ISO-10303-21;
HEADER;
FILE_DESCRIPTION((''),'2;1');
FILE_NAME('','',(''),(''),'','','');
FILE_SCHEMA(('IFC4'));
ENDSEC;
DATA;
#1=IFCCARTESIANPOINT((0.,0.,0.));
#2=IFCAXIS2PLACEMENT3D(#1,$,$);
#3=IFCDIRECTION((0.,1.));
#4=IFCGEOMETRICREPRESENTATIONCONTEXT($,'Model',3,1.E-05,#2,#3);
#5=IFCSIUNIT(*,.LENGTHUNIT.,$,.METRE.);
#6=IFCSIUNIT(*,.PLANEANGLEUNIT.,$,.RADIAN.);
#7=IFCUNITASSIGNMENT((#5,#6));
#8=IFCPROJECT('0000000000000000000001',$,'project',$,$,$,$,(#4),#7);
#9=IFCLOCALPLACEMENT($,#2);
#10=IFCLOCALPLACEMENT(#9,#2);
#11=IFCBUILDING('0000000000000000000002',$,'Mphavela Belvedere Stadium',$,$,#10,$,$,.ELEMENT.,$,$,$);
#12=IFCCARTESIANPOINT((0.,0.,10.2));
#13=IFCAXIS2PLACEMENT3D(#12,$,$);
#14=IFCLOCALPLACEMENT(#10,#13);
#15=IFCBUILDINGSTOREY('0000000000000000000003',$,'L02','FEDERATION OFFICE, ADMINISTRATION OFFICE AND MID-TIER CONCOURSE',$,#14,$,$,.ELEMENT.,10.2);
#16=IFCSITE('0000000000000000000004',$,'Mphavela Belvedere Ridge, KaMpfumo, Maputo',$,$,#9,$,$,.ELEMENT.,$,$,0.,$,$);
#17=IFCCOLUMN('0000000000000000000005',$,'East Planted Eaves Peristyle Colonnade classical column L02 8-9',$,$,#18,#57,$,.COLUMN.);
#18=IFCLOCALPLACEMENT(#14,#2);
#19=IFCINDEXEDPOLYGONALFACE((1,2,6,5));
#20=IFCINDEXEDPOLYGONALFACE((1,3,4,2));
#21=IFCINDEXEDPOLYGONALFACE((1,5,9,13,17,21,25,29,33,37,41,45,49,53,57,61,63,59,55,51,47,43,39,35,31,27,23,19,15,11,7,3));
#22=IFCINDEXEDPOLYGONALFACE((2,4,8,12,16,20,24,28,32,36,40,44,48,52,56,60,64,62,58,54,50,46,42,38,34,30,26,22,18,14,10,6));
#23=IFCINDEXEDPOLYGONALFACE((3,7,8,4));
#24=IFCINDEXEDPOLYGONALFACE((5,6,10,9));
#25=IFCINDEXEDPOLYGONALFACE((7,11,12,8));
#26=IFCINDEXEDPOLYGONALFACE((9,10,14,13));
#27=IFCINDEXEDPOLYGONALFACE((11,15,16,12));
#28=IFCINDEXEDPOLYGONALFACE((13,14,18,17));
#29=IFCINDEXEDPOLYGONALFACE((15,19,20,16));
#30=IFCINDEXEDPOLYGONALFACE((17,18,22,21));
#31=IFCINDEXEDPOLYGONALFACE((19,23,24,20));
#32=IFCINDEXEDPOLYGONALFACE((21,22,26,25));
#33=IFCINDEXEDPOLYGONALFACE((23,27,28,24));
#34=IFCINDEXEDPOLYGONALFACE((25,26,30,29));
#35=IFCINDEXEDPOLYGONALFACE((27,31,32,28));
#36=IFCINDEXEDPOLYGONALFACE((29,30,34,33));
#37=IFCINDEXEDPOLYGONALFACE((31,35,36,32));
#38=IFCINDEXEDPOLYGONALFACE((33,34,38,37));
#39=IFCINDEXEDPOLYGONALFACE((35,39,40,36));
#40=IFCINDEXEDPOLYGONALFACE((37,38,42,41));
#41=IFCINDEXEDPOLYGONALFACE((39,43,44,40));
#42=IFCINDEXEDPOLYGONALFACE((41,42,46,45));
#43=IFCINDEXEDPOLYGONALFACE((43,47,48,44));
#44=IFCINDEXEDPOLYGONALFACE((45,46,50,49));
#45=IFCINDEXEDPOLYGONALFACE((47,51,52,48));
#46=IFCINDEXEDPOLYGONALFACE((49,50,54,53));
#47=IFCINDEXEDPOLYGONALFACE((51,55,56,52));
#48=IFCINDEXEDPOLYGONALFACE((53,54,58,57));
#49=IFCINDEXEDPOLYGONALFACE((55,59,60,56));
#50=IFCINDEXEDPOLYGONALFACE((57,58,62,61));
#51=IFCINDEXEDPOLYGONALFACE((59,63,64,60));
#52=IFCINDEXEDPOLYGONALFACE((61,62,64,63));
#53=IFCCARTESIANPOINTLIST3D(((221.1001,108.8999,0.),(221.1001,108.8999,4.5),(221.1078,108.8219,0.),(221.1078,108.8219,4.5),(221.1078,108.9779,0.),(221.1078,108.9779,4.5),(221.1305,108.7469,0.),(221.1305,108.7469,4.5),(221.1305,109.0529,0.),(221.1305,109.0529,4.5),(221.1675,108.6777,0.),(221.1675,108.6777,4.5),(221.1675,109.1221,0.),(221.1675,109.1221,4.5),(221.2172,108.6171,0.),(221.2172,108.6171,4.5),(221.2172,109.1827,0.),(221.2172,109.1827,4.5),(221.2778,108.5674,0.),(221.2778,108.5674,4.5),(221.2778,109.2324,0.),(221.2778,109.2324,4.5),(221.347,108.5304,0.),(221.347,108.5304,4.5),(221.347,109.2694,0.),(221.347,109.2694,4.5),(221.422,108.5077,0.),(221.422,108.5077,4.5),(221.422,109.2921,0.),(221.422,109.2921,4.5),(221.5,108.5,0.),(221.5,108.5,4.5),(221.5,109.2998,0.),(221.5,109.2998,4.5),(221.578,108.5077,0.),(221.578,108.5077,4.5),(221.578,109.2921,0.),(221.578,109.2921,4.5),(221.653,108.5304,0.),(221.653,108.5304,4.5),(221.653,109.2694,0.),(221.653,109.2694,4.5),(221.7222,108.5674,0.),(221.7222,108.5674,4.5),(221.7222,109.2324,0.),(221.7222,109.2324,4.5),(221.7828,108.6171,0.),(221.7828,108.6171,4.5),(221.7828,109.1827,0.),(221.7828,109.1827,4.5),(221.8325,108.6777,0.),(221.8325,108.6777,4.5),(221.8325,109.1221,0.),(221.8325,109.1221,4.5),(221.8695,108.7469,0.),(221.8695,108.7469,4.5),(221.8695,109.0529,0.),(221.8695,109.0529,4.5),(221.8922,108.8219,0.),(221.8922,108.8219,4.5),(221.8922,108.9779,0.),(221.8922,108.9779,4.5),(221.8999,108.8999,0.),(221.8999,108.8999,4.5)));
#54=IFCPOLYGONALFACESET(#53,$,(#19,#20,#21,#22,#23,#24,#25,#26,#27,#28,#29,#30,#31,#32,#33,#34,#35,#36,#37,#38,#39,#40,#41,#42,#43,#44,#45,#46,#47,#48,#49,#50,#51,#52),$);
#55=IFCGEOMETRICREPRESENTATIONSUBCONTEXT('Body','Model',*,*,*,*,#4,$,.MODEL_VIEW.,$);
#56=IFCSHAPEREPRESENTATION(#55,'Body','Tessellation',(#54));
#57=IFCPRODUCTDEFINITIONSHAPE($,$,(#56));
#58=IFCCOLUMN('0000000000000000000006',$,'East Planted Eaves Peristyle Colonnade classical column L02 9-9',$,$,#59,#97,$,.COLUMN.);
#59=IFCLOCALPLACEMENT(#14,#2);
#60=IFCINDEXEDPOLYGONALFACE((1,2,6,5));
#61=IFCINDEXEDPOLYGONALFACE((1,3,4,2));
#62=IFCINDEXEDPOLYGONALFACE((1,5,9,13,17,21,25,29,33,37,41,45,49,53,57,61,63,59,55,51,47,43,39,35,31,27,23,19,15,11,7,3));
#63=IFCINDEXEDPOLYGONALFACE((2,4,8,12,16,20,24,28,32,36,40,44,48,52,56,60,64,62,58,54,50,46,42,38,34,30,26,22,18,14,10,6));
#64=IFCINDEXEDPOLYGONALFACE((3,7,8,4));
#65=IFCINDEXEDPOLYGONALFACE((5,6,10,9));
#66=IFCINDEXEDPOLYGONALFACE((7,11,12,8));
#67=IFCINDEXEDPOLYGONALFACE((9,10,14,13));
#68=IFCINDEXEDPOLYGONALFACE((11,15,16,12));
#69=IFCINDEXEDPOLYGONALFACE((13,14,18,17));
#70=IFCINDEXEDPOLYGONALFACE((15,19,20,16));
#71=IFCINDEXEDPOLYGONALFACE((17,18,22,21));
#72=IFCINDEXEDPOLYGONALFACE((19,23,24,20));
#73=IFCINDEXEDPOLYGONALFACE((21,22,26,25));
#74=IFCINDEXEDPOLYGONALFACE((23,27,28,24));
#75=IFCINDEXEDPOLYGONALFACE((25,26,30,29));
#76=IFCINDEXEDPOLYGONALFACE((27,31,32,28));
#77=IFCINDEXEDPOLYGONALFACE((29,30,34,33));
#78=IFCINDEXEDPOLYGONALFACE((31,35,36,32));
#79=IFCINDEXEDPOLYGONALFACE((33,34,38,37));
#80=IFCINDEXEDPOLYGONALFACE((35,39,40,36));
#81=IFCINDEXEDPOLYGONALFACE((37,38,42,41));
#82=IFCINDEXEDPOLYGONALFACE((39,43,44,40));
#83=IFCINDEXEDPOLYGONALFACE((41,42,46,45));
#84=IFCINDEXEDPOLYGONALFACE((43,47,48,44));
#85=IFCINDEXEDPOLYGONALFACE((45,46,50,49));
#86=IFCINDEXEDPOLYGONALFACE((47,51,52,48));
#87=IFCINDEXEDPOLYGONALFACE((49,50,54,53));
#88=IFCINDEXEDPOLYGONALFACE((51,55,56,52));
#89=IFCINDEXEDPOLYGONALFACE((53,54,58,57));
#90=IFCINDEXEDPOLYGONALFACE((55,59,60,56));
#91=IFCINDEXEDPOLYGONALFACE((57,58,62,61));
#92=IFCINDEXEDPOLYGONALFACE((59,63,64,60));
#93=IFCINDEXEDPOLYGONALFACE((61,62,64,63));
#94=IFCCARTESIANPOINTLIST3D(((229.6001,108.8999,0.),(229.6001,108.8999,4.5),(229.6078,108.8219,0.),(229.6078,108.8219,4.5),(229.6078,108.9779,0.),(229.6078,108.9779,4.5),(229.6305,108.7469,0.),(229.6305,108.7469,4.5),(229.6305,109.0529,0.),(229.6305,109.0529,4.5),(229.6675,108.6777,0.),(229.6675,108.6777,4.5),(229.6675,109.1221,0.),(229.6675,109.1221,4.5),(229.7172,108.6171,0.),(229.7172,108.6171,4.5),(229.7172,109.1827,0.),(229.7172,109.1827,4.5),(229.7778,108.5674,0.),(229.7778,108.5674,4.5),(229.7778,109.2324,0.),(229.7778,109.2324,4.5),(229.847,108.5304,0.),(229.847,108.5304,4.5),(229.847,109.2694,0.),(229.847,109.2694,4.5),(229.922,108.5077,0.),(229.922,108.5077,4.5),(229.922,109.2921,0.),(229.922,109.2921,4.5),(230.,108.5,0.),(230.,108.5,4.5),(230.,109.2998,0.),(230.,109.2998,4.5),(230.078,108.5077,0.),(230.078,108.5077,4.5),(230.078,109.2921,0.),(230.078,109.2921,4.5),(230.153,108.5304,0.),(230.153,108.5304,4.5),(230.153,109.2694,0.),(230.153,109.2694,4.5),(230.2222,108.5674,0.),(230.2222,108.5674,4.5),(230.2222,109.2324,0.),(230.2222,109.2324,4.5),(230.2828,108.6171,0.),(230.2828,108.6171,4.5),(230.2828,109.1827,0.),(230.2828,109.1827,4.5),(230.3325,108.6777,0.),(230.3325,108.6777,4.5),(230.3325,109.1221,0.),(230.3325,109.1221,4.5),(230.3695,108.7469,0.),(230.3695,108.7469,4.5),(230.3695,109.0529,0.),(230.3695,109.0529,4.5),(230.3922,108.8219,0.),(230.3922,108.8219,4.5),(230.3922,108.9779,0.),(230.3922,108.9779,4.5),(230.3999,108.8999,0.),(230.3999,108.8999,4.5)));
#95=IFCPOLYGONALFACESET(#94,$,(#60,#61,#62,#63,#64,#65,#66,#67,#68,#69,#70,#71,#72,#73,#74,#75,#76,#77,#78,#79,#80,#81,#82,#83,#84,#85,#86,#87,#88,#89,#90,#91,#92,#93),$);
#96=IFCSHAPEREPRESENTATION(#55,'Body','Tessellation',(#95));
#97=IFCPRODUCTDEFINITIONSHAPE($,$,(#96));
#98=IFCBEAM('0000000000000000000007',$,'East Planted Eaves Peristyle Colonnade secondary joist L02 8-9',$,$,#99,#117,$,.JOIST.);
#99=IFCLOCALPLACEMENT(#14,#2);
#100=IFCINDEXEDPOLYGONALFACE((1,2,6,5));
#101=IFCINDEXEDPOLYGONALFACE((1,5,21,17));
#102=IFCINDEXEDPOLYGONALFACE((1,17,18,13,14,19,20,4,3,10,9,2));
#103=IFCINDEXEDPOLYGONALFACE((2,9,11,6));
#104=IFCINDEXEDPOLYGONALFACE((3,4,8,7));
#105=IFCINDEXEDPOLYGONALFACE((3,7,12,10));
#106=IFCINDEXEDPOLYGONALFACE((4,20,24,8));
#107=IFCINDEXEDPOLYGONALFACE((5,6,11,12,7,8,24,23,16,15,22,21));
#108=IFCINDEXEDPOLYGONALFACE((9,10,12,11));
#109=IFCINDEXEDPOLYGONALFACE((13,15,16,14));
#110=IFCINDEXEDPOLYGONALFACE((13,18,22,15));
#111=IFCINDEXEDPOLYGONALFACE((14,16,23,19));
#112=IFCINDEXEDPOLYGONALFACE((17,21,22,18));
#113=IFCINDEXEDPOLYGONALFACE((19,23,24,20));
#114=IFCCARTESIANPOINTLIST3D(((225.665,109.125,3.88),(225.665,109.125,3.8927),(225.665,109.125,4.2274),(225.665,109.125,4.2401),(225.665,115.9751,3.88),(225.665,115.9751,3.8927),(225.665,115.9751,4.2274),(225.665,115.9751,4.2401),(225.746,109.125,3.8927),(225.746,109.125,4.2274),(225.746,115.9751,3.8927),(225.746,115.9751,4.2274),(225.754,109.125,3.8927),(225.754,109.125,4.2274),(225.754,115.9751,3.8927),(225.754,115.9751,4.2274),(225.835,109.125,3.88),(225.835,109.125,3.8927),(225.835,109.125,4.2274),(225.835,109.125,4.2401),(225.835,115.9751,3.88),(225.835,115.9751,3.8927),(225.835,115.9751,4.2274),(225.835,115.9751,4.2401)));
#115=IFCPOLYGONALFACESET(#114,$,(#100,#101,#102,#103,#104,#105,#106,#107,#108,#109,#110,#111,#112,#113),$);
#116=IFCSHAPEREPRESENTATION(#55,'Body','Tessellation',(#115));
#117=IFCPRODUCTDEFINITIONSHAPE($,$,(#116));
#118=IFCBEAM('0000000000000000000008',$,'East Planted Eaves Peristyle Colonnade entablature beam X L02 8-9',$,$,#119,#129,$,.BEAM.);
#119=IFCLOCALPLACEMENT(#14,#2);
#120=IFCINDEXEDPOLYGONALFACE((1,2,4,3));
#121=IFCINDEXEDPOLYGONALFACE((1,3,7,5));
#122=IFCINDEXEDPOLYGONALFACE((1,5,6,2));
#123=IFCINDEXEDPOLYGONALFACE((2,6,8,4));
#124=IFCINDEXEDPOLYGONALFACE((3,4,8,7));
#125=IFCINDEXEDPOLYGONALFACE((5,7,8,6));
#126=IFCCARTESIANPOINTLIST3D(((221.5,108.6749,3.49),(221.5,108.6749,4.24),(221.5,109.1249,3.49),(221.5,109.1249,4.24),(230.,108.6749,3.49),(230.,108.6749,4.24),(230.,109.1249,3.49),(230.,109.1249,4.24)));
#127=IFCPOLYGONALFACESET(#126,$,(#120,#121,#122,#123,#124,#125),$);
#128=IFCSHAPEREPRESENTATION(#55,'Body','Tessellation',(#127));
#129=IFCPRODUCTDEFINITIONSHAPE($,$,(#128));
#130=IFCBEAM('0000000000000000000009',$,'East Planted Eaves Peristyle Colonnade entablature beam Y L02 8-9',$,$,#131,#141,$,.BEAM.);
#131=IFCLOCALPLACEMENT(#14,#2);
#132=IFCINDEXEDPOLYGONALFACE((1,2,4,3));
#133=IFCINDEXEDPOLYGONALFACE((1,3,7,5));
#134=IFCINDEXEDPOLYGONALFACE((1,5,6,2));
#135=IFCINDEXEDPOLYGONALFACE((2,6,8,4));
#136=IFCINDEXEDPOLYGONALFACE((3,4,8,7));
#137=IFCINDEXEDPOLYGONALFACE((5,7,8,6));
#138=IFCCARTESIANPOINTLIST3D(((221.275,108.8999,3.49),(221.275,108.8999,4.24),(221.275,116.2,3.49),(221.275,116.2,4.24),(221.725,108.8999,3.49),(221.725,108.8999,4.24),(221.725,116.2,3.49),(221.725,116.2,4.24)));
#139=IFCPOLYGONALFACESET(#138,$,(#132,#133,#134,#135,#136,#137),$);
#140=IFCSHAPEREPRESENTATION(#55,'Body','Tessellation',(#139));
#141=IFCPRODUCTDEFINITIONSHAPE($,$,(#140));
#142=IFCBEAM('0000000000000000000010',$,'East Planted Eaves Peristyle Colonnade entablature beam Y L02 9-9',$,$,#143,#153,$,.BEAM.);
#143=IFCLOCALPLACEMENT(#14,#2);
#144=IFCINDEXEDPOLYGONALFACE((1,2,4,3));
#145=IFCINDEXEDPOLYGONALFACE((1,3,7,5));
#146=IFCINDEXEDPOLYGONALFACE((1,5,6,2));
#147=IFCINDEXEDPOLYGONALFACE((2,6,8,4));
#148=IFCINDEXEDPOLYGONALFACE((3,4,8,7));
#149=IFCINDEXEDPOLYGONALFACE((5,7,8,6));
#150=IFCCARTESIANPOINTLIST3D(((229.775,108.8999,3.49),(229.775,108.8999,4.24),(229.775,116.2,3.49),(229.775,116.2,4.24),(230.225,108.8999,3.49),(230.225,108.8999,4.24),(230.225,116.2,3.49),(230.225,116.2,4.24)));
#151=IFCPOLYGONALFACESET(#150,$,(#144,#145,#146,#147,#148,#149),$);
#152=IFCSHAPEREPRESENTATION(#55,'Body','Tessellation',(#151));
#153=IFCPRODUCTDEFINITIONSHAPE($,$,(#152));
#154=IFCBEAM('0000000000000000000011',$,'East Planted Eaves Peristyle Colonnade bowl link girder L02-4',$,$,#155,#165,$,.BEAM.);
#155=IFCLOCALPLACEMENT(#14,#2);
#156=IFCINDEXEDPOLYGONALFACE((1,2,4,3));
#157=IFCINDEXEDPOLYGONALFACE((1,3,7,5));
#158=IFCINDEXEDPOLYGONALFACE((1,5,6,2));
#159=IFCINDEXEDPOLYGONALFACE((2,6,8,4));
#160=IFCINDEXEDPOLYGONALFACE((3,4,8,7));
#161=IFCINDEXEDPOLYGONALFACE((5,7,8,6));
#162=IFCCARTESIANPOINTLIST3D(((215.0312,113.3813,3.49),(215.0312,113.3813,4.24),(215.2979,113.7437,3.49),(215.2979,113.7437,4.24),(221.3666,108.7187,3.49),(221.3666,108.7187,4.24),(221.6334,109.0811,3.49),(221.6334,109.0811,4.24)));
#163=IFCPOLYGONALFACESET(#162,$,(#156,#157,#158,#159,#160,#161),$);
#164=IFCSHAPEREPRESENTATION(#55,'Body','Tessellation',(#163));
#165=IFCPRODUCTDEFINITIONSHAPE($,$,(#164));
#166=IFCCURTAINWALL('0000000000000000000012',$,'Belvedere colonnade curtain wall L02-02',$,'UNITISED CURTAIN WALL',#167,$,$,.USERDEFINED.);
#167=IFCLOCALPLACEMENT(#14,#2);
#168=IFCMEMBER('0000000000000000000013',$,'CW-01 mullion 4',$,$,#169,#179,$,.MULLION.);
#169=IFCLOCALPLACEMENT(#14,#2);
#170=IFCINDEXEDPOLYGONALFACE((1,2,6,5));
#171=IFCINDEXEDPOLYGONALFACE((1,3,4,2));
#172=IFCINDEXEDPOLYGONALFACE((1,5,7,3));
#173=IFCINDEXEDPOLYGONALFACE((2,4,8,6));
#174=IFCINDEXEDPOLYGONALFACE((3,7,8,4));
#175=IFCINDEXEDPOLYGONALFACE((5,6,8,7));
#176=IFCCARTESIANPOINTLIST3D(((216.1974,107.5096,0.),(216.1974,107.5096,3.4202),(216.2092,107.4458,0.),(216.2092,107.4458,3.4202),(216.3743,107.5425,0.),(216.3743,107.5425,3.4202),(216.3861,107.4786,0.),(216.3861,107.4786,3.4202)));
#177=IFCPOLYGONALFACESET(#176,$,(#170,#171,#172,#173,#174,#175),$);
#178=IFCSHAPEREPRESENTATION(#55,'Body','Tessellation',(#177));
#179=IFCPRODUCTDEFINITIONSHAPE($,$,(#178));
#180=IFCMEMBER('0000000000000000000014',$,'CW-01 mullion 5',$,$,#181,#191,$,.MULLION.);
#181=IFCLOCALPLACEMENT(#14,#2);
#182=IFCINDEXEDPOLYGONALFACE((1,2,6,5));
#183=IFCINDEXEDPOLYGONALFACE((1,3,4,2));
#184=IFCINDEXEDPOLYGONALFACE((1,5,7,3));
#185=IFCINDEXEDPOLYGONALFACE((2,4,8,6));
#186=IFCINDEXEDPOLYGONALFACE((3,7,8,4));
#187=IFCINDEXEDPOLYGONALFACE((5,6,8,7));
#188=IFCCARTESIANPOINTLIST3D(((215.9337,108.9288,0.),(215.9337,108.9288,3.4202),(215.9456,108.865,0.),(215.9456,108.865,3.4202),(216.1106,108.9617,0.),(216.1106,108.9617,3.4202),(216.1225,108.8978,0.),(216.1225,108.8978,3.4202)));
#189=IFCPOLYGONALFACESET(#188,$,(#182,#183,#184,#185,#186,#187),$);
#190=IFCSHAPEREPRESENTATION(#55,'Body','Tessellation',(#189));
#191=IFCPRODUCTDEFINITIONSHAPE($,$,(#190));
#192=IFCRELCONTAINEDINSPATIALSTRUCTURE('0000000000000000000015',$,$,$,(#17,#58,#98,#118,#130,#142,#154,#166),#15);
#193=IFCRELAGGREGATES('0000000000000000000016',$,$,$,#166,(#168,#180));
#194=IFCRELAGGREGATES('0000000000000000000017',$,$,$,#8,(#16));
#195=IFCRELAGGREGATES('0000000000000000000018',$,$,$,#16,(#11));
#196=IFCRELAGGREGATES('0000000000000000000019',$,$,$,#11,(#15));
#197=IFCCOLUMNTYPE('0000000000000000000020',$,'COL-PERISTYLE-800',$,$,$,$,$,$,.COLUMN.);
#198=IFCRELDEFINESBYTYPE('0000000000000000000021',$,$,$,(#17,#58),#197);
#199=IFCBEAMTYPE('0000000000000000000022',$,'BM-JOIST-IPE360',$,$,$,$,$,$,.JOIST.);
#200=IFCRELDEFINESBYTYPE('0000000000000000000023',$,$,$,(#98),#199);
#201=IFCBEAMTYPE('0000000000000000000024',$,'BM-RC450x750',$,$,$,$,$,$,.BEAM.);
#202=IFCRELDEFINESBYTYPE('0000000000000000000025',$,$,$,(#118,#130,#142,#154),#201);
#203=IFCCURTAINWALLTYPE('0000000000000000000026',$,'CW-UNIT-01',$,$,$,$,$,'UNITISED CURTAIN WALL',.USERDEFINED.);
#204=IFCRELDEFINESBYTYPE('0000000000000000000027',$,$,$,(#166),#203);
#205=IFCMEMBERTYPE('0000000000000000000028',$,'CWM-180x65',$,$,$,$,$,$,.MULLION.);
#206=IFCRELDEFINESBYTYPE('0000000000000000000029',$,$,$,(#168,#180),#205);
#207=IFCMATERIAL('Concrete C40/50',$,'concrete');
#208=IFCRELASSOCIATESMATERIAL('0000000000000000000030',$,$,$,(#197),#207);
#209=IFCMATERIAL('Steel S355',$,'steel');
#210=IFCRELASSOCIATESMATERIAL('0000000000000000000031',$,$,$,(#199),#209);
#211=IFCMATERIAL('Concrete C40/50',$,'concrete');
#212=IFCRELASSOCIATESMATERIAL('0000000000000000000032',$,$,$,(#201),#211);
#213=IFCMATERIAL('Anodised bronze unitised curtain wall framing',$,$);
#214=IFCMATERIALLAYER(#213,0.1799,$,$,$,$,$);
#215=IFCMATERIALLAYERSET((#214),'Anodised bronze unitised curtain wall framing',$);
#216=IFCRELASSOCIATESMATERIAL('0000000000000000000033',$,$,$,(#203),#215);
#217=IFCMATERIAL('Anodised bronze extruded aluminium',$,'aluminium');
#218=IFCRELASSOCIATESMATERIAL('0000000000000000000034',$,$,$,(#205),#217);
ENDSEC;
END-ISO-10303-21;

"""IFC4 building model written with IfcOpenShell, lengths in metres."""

from ifc_helpers import new_model, si_unit, direction, frame, origin, origin_2d, place, context, subcontext, project, spatial, rectangle, circle, i_section, extrude, material, layer, layer_set, material_profile, profile_set, type_object, element, aggregate, save


model = new_model("IFC4")

# Units and contexts
model_context = context("Model", 3, precision=1e-05, world=origin(), true_north=direction((0.0, 1.0)))
body_context = subcontext(model_context, "Body", "Model", "MODEL_VIEW")
ifc_project = project(units=[si_unit("LENGTHUNIT", "METRE"), si_unit("PLANEANGLEUNIT", "RADIAN")], contexts=[model_context])

# Site, building, storey
site_placement = place(None, origin())
site = spatial("IfcSite", under=ifc_project, at=site_placement, Name="Mphavela Belvedere Ridge, KaMpfumo, Maputo", CompositionType="ELEMENT", RefElevation=0.0)
building_placement = place(site_placement, origin())
building = spatial("IfcBuilding", under=site, at=building_placement, Name="Mphavela Belvedere Stadium", CompositionType="ELEMENT")
storey_placement = place(building_placement, frame((0.0, 0.0, 10.2)))
storey = spatial("IfcBuildingStorey", under=building, at=storey_placement, Name="L02", Description="FEDERATION OFFICE, ADMINISTRATION OFFICE AND MID-TIER CONCOURSE", CompositionType="ELEMENT", Elevation=10.2)

# Columns
ifc_material_1 = material(Name="Concrete C40/50", Category="concrete")
ifc_material_profile_1 = material_profile(ifc_material_1, circle(Radius=0.3999, at=origin_2d()), Name="COL D800")
ifc_profile_set_1 = profile_set([ifc_material_profile_1], Name="Concrete C40/50")
column_type = type_object("IfcColumnType", Name="COL-PERISTYLE-800", PredefinedType="COLUMN", material=ifc_profile_set_1)
for number, where, z_axis, x_axis, name in (
    (1, (221.5, 108.8999, 0.0), (0.0, 0.0, 1.0), (1.0, 0.0, 0.0), "East Planted Eaves Peristyle Colonnade classical column L02 8-9"),
    (2, (230.0, 108.8999, 0.0), (0.0, 0.0, 1.0), (1.0, 0.0, 0.0), "East Planted Eaves Peristyle Colonnade classical column L02 9-9"),
):
    element("IfcColumn", number, at=place(storey_placement, frame(where, z_axis=z_axis, x_axis=x_axis)), inside=storey, type_object=column_type, Name=name, PredefinedType="COLUMN", context=body_context, shape_type="SweptSolid", body=[
        extrude(circle(Radius=0.3999, at=origin_2d()), origin(), (0.0, 0.0, 1.0), 4.5),
    ])

# Beams
ifc_material_2 = material(Name="Steel S355", Category="steel")
ifc_material_profile_2 = material_profile(ifc_material_2, i_section(OverallWidth=0.1699, OverallDepth=0.3601, WebThickness=0.0081, FlangeThickness=0.0127, at=origin_2d()), Name="IPE 360")
ifc_profile_set_2 = profile_set([ifc_material_profile_2], Name="Steel S355")
beam_type_1 = type_object("IfcBeamType", Name="BM-JOIST-IPE360", PredefinedType="JOIST", material=ifc_profile_set_2)
beam_1_placement = place(storey_placement, frame((225.75, 109.125, 4.0601), z_axis=(0.0, 1.0, 0.0), x_axis=(-1.0, 0.0, 0.0)))
element("IfcBeam", 3, at=beam_1_placement, inside=storey, type_object=beam_type_1, Name="East Planted Eaves Peristyle Colonnade secondary joist L02 8-9", PredefinedType="JOIST", context=body_context, shape_type="SweptSolid", body=[
    extrude(i_section(OverallWidth=0.1699, OverallDepth=0.3601, WebThickness=0.0081, FlangeThickness=0.0127, at=origin_2d()), origin(), (0.0, 0.0, 1.0), 6.8501),
])
ifc_material_3 = material(Name="Concrete C40/50", Category="concrete")
ifc_material_profile_3 = material_profile(ifc_material_3, rectangle(XDim=0.45, YDim=0.75, at=origin_2d()), Name="RC 450x750")
ifc_profile_set_3 = profile_set([ifc_material_profile_3], Name="Concrete C40/50")
beam_type_2 = type_object("IfcBeamType", Name="BM-RC450x750", PredefinedType="BEAM", material=ifc_profile_set_3)
beam_2_placement = place(storey_placement, frame((221.5, 108.8999, 3.865), z_axis=(1.0, 0.0, 0.0), x_axis=(0.0, 1.0, 0.0)))
element("IfcBeam", 4, at=beam_2_placement, inside=storey, type_object=beam_type_2, Name="East Planted Eaves Peristyle Colonnade entablature beam X L02 8-9", PredefinedType="BEAM", context=body_context, shape_type="SweptSolid", body=[
    extrude(rectangle(XDim=0.45, YDim=0.75, at=origin_2d()), origin(), (0.0, 0.0, 1.0), 8.5),
])
for number, where, z_axis, x_axis, name in (
    (5, (221.5, 108.8999, 3.865), (0.0, 1.0, 0.0), (-1.0, 0.0, 0.0), "East Planted Eaves Peristyle Colonnade entablature beam Y L02 8-9"),
    (6, (230.0, 108.8999, 3.865), (0.0, 1.0, 0.0), (-1.0, 0.0, 0.0), "East Planted Eaves Peristyle Colonnade entablature beam Y L02 9-9"),
):
    element("IfcBeam", number, at=place(storey_placement, frame(where, z_axis=z_axis, x_axis=x_axis)), inside=storey, type_object=beam_type_2, Name=name, PredefinedType="BEAM", context=body_context, shape_type="SweptSolid", body=[
        extrude(rectangle(XDim=0.45, YDim=0.75, at=origin_2d()), origin(), (0.0, 0.0, 1.0), 7.3),
    ])
beam_3_placement = place(storey_placement, frame((221.5, 108.8999, 3.865), z_axis=(-0.805397, 0.592735, 0.0), x_axis=(-0.592735, -0.805397, 0.0)))
element("IfcBeam", 7, at=beam_3_placement, inside=storey, type_object=beam_type_2, Name="East Planted Eaves Peristyle Colonnade bowl link girder L02-4", PredefinedType="BEAM", context=body_context, shape_type="SweptSolid", body=[
    extrude(rectangle(XDim=0.45, YDim=0.75, at=origin_2d()), origin(), (0.0, 0.0, 1.0), 7.8662),
])

# Curtain wall, members
ifc_material_4 = material(Name="Anodised bronze unitised curtain wall framing")
ifc_layer_1 = layer(ifc_material_4, 0.1799)
ifc_layer_set_1 = layer_set([ifc_layer_1], Name="Anodised bronze unitised curtain wall framing")
curtain_wall_type = type_object("IfcCurtainWallType", Name="CW-UNIT-01", ElementType="UNITISED CURTAIN WALL", PredefinedType="USERDEFINED", material=ifc_layer_set_1)
curtain_wall_placement = place(storey_placement, origin())
curtain_wall = element("IfcCurtainWall", 8, at=curtain_wall_placement, inside=storey, type_object=curtain_wall_type, Name="Belvedere colonnade curtain wall L02-02", ObjectType="UNITISED CURTAIN WALL", PredefinedType="USERDEFINED")
ifc_material_5 = material(Name="Anodised bronze extruded aluminium", Category="aluminium")
ifc_material_profile_4 = material_profile(ifc_material_5, rectangle(XDim=0.1799, YDim=0.0649, at=origin_2d()), Name="CW-MUL 180x65")
ifc_profile_set_4 = profile_set([ifc_material_profile_4], Name="Anodised bronze extruded aluminium")
member_type_1 = type_object("IfcMemberType", Name="CWM-180x65", PredefinedType="MULLION", material=ifc_profile_set_4)
member_1_placement = place(storey_placement, frame((216.2917, 107.4941, 0.0), z_axis=(0.0, 0.0, 1.0), x_axis=(-0.983183, -0.182625, 0.0)))
member_1 = element("IfcMember", 9, at=member_1_placement, type_object=member_type_1, Name="CW-01 mullion 4", PredefinedType="MULLION", context=body_context, shape_type="SweptSolid", body=[
    extrude(rectangle(XDim=0.1799, YDim=0.0649, at=origin_2d()), origin(), (0.0, 0.0, 1.0), 3.4202),
])
member_2_placement = place(storey_placement, frame((216.0281, 108.9133, 0.0), z_axis=(0.0, 0.0, 1.0), x_axis=(-0.983183, -0.182625, 0.0)))
member_2 = element("IfcMember", 10, at=member_2_placement, type_object=member_type_1, Name="CW-01 mullion 5", PredefinedType="MULLION", context=body_context, shape_type="SweptSolid", body=[
    extrude(rectangle(XDim=0.1799, YDim=0.0649, at=origin_2d()), origin(), (0.0, 0.0, 1.0), 3.4202),
])
aggregate(curtain_wall, [member_1, member_2])

save(model, "model.ifc")
